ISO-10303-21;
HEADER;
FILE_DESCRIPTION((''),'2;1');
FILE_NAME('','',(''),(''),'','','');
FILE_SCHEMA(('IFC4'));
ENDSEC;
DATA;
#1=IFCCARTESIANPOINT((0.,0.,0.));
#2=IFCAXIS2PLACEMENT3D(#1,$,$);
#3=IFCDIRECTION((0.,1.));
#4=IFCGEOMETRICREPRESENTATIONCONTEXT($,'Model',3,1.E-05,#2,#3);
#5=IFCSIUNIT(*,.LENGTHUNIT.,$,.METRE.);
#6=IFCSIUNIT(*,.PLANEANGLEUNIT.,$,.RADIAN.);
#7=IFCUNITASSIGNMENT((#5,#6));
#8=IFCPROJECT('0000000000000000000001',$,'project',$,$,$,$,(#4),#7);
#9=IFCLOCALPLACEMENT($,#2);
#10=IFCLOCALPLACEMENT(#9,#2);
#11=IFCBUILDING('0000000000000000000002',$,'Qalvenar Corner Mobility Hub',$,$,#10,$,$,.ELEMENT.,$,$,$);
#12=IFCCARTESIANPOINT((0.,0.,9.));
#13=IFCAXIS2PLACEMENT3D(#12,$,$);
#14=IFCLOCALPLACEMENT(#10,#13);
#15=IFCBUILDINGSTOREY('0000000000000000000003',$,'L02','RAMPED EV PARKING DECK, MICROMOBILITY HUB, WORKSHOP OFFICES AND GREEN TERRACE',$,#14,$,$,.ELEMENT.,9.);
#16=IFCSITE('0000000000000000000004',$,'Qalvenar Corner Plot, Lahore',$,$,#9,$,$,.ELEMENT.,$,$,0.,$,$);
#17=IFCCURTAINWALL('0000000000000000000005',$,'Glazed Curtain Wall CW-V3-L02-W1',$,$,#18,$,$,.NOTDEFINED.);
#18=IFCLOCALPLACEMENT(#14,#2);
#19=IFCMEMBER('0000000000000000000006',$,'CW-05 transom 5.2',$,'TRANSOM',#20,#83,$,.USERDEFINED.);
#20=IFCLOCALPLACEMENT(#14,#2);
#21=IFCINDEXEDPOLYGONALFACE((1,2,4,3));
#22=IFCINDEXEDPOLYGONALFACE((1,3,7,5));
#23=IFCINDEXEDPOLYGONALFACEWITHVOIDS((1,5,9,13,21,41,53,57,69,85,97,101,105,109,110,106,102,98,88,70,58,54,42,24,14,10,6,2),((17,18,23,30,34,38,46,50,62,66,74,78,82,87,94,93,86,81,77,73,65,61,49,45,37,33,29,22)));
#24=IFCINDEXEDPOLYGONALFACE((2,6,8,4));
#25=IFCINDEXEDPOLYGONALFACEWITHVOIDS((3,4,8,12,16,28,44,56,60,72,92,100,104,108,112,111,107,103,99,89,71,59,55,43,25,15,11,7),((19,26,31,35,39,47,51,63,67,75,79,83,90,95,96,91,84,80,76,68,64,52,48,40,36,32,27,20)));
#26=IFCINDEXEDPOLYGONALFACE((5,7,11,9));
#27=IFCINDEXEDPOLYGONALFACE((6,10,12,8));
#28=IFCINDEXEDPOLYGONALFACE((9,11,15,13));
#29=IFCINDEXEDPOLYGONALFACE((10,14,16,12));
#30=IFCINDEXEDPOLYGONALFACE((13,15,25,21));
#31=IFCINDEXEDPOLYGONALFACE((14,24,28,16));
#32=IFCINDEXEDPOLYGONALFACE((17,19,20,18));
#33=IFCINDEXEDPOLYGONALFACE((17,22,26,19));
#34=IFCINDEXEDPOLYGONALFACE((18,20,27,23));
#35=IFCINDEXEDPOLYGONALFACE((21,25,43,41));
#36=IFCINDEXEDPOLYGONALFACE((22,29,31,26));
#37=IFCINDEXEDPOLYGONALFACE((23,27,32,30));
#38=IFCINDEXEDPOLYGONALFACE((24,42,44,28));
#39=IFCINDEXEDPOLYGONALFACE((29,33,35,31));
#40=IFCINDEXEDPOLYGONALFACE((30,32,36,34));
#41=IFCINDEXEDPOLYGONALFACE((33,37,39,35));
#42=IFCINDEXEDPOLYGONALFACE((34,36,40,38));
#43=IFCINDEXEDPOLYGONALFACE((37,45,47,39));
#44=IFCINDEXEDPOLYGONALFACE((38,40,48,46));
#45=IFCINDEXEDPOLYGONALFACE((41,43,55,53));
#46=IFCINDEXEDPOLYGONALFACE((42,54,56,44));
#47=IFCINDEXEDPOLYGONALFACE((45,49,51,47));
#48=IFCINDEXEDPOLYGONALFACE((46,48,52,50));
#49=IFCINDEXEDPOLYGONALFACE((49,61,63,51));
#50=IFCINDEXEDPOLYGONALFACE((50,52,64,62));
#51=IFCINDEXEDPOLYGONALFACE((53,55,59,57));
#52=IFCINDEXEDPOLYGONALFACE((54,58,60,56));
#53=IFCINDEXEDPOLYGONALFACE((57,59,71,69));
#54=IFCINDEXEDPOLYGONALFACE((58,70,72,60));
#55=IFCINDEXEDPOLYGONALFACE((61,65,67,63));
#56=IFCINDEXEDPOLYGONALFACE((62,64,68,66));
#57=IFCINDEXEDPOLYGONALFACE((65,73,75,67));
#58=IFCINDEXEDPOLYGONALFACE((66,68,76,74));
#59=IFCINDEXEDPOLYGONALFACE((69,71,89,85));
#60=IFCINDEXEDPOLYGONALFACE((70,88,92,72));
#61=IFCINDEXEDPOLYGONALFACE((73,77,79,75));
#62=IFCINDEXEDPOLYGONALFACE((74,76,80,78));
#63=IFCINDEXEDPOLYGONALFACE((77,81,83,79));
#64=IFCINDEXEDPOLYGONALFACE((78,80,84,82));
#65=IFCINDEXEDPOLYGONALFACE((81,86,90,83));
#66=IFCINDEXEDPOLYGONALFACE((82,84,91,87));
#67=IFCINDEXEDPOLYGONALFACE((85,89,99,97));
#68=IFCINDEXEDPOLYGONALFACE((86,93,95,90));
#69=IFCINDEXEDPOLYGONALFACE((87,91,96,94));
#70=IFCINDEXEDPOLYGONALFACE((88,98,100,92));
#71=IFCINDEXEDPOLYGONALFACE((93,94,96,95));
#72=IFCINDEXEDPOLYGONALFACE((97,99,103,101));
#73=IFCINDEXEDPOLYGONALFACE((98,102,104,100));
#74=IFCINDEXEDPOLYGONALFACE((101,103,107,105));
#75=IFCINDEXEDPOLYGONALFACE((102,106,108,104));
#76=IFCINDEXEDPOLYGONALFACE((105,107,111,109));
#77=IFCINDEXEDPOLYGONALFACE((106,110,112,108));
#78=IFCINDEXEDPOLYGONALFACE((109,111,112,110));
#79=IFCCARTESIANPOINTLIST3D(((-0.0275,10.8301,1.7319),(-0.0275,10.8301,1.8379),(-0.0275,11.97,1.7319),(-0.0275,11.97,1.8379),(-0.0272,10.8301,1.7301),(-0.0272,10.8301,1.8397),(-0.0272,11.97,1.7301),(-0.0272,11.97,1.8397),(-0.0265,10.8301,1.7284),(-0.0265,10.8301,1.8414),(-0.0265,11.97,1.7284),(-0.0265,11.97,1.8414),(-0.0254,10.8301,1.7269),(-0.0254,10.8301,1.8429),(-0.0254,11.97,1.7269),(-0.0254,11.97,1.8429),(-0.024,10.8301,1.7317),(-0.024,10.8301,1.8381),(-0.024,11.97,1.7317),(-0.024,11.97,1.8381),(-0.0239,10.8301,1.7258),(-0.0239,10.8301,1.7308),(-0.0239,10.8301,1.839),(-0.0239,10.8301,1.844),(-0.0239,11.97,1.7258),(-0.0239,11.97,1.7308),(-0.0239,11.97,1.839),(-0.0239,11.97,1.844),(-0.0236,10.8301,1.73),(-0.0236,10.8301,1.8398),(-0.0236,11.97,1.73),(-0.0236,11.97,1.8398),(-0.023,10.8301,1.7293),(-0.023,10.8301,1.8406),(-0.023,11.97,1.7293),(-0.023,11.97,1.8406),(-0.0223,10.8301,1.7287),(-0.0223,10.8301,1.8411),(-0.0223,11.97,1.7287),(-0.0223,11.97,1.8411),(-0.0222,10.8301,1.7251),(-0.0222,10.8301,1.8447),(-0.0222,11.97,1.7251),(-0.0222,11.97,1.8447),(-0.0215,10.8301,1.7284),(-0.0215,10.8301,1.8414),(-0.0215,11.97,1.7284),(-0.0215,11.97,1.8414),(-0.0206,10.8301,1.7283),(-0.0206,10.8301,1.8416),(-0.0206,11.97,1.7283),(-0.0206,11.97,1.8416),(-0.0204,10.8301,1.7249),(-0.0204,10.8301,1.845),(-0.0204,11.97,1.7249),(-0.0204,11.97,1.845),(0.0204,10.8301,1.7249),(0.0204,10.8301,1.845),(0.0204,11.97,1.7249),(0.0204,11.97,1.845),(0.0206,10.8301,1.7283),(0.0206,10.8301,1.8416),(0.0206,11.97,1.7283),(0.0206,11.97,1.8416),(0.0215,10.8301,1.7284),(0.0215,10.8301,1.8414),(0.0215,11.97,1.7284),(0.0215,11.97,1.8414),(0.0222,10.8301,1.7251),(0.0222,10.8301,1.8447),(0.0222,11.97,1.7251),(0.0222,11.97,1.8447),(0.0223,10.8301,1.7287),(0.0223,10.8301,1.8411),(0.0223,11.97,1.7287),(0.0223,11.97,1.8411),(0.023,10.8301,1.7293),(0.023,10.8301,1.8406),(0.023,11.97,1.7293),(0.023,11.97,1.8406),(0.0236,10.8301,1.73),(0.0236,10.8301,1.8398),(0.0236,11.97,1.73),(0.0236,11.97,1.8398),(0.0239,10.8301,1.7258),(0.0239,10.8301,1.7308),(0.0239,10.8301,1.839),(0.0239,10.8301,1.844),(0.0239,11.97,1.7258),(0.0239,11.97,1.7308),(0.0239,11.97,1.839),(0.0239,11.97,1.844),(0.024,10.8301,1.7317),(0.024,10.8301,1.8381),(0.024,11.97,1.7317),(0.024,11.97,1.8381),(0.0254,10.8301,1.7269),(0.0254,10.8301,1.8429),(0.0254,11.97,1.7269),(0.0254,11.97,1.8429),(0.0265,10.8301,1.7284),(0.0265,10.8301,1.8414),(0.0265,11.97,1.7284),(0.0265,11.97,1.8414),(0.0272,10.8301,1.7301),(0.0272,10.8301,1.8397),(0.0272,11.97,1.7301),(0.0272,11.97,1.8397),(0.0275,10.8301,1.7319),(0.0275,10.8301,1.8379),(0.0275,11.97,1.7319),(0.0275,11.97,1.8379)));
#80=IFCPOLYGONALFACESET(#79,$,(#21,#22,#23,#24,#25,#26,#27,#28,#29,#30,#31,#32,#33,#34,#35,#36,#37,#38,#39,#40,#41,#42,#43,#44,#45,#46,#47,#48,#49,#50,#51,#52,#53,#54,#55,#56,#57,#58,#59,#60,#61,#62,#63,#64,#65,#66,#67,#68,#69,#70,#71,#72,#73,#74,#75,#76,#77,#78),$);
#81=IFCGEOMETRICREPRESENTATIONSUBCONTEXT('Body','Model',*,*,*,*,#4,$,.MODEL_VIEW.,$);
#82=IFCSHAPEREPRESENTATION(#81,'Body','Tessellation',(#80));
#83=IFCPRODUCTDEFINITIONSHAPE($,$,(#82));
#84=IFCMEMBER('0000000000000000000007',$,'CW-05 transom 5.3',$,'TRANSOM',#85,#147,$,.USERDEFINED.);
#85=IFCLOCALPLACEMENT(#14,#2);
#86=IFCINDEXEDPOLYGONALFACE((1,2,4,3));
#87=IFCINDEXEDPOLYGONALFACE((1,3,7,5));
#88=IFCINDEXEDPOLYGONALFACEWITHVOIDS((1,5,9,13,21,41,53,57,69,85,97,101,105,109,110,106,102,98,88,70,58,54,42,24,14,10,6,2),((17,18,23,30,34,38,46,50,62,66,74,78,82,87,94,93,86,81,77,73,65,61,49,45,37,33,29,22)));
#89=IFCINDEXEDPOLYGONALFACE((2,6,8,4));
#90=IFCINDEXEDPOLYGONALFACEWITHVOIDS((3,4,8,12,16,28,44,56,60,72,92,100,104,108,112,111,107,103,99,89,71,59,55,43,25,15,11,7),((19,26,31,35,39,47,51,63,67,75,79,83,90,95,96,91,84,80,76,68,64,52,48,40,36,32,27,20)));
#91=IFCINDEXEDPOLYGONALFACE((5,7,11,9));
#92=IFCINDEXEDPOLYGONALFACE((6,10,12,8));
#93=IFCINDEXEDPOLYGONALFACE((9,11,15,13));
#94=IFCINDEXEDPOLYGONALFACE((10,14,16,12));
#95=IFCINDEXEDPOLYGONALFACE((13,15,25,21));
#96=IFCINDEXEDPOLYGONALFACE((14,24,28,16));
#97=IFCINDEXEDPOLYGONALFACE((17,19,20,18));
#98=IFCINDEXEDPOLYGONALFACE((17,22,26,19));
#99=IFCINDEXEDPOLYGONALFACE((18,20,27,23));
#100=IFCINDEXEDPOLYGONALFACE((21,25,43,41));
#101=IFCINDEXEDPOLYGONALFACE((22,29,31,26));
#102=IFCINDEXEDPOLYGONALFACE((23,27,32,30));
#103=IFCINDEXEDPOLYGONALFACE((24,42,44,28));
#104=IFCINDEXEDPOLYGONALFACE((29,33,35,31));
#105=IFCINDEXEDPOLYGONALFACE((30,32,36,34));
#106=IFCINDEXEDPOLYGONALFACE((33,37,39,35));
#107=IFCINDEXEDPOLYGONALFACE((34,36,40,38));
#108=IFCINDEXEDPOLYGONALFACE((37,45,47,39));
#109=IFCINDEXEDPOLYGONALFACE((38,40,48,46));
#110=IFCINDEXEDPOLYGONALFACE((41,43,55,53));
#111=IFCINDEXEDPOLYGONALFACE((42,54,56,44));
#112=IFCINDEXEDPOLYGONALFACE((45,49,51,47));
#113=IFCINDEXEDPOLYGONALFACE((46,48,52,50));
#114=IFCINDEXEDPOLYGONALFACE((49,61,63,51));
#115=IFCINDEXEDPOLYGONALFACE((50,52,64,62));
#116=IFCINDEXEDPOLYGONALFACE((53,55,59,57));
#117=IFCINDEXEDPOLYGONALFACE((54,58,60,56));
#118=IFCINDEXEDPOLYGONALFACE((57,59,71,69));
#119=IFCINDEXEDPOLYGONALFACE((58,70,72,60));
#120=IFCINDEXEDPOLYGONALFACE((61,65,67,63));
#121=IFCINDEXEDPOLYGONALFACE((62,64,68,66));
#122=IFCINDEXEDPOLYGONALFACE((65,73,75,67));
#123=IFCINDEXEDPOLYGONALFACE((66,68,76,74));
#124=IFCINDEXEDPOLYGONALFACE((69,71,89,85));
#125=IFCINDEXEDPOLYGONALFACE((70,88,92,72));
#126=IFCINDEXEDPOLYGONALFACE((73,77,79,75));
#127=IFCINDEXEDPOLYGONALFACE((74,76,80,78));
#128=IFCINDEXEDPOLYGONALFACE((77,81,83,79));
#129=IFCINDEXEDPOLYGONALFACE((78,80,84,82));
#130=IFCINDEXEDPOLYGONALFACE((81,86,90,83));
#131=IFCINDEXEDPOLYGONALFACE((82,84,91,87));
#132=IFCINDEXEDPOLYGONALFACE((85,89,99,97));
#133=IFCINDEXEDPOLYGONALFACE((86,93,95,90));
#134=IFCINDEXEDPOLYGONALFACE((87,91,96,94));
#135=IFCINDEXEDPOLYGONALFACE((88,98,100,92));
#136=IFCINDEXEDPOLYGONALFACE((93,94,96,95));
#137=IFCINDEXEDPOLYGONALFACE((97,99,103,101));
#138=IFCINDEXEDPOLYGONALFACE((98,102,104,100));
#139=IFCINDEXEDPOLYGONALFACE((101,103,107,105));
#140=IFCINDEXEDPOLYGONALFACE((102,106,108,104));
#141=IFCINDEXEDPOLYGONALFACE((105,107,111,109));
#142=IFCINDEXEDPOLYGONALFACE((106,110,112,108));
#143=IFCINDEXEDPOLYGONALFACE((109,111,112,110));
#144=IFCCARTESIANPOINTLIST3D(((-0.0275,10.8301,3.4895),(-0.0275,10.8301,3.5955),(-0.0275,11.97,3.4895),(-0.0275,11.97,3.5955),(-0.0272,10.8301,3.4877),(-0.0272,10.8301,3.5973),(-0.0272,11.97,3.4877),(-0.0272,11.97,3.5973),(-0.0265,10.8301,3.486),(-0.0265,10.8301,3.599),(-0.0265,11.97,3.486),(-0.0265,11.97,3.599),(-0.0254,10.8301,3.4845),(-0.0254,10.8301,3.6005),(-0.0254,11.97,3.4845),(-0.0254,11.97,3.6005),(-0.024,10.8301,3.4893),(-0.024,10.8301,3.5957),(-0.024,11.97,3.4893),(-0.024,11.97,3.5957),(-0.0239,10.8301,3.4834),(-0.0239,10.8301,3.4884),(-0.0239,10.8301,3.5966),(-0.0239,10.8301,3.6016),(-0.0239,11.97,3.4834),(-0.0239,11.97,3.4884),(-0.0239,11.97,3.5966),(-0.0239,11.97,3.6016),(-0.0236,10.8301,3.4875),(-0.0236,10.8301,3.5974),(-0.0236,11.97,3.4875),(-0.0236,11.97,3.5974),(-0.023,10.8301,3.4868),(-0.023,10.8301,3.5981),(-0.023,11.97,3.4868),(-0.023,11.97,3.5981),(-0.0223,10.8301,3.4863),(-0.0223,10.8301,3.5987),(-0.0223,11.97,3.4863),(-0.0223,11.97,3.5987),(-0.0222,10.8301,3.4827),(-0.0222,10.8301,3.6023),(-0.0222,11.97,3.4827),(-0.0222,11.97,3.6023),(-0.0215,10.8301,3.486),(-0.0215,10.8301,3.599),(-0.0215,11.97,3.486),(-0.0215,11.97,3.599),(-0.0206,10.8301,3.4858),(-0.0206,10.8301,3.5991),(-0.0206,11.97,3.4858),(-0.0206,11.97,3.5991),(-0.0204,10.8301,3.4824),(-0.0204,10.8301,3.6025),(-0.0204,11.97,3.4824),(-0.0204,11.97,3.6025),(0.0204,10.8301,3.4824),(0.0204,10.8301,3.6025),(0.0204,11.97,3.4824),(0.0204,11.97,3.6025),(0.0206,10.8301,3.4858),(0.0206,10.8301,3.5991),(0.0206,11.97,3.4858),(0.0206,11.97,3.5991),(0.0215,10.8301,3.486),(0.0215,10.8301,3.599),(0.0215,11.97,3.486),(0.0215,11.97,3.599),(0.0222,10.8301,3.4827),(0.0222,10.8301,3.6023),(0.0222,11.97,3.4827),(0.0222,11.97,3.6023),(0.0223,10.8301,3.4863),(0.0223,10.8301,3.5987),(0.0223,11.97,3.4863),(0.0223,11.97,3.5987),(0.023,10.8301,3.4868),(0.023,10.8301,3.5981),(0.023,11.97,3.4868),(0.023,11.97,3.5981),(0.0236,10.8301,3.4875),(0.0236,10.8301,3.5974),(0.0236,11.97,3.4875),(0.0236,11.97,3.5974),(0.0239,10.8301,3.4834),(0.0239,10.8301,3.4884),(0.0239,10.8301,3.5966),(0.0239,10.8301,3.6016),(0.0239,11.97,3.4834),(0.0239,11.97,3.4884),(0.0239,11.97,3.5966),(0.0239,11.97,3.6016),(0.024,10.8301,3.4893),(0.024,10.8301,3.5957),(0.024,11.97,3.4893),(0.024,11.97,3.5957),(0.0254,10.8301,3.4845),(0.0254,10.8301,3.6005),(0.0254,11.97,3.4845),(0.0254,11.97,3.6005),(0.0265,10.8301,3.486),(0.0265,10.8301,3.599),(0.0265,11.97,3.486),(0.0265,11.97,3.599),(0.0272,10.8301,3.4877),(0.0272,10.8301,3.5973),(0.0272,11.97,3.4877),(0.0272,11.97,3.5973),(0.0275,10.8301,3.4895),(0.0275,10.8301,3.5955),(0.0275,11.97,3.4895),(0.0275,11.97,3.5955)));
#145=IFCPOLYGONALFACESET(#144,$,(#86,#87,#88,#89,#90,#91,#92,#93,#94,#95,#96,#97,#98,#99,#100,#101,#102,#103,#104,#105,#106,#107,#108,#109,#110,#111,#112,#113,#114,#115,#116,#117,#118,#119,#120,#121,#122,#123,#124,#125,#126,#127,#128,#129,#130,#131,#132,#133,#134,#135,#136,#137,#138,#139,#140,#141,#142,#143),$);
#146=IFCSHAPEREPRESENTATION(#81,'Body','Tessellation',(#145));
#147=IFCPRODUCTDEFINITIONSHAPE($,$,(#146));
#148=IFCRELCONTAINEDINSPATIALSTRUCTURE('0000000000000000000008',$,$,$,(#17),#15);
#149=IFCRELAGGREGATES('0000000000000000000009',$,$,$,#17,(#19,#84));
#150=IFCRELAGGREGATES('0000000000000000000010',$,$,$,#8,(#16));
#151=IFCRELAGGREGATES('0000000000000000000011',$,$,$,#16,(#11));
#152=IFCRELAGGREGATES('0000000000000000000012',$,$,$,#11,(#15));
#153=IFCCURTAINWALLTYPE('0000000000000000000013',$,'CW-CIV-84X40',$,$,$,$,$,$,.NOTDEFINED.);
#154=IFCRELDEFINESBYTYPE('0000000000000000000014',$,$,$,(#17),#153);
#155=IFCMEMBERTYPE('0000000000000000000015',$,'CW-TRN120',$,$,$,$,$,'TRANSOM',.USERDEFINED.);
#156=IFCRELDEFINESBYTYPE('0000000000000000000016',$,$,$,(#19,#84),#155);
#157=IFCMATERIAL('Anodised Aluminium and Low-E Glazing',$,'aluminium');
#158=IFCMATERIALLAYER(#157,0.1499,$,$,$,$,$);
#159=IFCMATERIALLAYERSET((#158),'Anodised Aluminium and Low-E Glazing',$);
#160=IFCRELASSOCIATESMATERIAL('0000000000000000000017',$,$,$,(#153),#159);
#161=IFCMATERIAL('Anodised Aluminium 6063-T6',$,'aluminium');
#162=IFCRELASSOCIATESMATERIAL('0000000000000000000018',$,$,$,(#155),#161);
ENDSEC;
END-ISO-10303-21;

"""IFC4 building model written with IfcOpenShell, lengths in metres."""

from ifc_helpers import new_model, si_unit, direction, frame, origin, origin_2d, place, context, subcontext, project, spatial, hollow_rectangle, extrude, material, layer, layer_set, material_profile, profile_set, type_object, element, aggregate, save


model = new_model("IFC4")

# Units and contexts
model_context = context("Model", 3, precision=1e-05, world=origin(), true_north=direction((0.0, 1.0)))
body_context = subcontext(model_context, "Body", "Model", "MODEL_VIEW")
ifc_project = project(units=[si_unit("LENGTHUNIT", "METRE"), si_unit("PLANEANGLEUNIT", "RADIAN")], contexts=[model_context])

# Site, building, storey
site_placement = place(None, origin())
site = spatial("IfcSite", under=ifc_project, at=site_placement, Name="Qalvenar Corner Plot, Lahore", CompositionType="ELEMENT", RefElevation=0.0)
building_placement = place(site_placement, origin())
building = spatial("IfcBuilding", under=site, at=building_placement, Name="Qalvenar Corner Mobility Hub", CompositionType="ELEMENT")
storey_placement = place(building_placement, frame((0.0, 0.0, 9.0)))
storey = spatial("IfcBuildingStorey", under=building, at=storey_placement, Name="L02", Description="RAMPED EV PARKING DECK, MICROMOBILITY HUB, WORKSHOP OFFICES AND GREEN TERRACE", CompositionType="ELEMENT", Elevation=9.0)

# Curtain wall, members
ifc_material_1 = material(Name="Anodised Aluminium and Low-E Glazing", Category="aluminium")
ifc_layer_1 = layer(ifc_material_1, 0.1499)
ifc_layer_set_1 = layer_set([ifc_layer_1], Name="Anodised Aluminium and Low-E Glazing")
curtain_wall_type = type_object("IfcCurtainWallType", Name="CW-CIV-84X40", PredefinedType="NOTDEFINED", material=ifc_layer_set_1)
curtain_wall_placement = place(storey_placement, origin())
curtain_wall = element("IfcCurtainWall", 1, at=curtain_wall_placement, inside=storey, type_object=curtain_wall_type, Name="Glazed Curtain Wall CW-V3-L02-W1", PredefinedType="NOTDEFINED")
ifc_material_2 = material(Name="Anodised Aluminium 6063-T6", Category="aluminium")
ifc_material_profile_1 = material_profile(ifc_material_2, hollow_rectangle(XDim=0.0549, YDim=0.1201, WallThickness=0.0034, InnerFilletRadius=0.0034, OuterFilletRadius=0.0071, at=origin_2d()), Name="RHS120x55x3.5")
ifc_profile_set_1 = profile_set([ifc_material_profile_1], Name="Anodised Aluminium 6063-T6")
member_type_1 = type_object("IfcMemberType", Name="CW-TRN120", ElementType="TRANSOM", PredefinedType="USERDEFINED", material=ifc_profile_set_1)
member_1_placement = place(storey_placement, frame((0.0, 11.97, 1.7849), z_axis=(0.0, -1.0, 0.0), x_axis=(1.0, 0.0, 0.0)))
member_1 = element("IfcMember", 2, at=member_1_placement, type_object=member_type_1, Name="CW-05 transom 5.2", ObjectType="TRANSOM", PredefinedType="USERDEFINED", context=body_context, shape_type="SweptSolid", body=[
    extrude(hollow_rectangle(XDim=0.0549, YDim=0.1201, WallThickness=0.0034, InnerFilletRadius=0.0034, OuterFilletRadius=0.0071, at=origin_2d()), origin(), (0.0, 0.0, 1.0), 1.1399),
])
member_2_placement = place(storey_placement, frame((0.0, 11.97, 3.5425), z_axis=(0.0, -1.0, 0.0), x_axis=(1.0, 0.0, 0.0)))
member_2 = element("IfcMember", 3, at=member_2_placement, type_object=member_type_1, Name="CW-05 transom 5.3", ObjectType="TRANSOM", PredefinedType="USERDEFINED", context=body_context, shape_type="SweptSolid", body=[
    extrude(hollow_rectangle(XDim=0.0549, YDim=0.1201, WallThickness=0.0034, InnerFilletRadius=0.0034, OuterFilletRadius=0.0071, at=origin_2d()), origin(), (0.0, 0.0, 1.0), 1.1399),
])
aggregate(curtain_wall, [member_1, member_2])

save(model, "model.ifc")
